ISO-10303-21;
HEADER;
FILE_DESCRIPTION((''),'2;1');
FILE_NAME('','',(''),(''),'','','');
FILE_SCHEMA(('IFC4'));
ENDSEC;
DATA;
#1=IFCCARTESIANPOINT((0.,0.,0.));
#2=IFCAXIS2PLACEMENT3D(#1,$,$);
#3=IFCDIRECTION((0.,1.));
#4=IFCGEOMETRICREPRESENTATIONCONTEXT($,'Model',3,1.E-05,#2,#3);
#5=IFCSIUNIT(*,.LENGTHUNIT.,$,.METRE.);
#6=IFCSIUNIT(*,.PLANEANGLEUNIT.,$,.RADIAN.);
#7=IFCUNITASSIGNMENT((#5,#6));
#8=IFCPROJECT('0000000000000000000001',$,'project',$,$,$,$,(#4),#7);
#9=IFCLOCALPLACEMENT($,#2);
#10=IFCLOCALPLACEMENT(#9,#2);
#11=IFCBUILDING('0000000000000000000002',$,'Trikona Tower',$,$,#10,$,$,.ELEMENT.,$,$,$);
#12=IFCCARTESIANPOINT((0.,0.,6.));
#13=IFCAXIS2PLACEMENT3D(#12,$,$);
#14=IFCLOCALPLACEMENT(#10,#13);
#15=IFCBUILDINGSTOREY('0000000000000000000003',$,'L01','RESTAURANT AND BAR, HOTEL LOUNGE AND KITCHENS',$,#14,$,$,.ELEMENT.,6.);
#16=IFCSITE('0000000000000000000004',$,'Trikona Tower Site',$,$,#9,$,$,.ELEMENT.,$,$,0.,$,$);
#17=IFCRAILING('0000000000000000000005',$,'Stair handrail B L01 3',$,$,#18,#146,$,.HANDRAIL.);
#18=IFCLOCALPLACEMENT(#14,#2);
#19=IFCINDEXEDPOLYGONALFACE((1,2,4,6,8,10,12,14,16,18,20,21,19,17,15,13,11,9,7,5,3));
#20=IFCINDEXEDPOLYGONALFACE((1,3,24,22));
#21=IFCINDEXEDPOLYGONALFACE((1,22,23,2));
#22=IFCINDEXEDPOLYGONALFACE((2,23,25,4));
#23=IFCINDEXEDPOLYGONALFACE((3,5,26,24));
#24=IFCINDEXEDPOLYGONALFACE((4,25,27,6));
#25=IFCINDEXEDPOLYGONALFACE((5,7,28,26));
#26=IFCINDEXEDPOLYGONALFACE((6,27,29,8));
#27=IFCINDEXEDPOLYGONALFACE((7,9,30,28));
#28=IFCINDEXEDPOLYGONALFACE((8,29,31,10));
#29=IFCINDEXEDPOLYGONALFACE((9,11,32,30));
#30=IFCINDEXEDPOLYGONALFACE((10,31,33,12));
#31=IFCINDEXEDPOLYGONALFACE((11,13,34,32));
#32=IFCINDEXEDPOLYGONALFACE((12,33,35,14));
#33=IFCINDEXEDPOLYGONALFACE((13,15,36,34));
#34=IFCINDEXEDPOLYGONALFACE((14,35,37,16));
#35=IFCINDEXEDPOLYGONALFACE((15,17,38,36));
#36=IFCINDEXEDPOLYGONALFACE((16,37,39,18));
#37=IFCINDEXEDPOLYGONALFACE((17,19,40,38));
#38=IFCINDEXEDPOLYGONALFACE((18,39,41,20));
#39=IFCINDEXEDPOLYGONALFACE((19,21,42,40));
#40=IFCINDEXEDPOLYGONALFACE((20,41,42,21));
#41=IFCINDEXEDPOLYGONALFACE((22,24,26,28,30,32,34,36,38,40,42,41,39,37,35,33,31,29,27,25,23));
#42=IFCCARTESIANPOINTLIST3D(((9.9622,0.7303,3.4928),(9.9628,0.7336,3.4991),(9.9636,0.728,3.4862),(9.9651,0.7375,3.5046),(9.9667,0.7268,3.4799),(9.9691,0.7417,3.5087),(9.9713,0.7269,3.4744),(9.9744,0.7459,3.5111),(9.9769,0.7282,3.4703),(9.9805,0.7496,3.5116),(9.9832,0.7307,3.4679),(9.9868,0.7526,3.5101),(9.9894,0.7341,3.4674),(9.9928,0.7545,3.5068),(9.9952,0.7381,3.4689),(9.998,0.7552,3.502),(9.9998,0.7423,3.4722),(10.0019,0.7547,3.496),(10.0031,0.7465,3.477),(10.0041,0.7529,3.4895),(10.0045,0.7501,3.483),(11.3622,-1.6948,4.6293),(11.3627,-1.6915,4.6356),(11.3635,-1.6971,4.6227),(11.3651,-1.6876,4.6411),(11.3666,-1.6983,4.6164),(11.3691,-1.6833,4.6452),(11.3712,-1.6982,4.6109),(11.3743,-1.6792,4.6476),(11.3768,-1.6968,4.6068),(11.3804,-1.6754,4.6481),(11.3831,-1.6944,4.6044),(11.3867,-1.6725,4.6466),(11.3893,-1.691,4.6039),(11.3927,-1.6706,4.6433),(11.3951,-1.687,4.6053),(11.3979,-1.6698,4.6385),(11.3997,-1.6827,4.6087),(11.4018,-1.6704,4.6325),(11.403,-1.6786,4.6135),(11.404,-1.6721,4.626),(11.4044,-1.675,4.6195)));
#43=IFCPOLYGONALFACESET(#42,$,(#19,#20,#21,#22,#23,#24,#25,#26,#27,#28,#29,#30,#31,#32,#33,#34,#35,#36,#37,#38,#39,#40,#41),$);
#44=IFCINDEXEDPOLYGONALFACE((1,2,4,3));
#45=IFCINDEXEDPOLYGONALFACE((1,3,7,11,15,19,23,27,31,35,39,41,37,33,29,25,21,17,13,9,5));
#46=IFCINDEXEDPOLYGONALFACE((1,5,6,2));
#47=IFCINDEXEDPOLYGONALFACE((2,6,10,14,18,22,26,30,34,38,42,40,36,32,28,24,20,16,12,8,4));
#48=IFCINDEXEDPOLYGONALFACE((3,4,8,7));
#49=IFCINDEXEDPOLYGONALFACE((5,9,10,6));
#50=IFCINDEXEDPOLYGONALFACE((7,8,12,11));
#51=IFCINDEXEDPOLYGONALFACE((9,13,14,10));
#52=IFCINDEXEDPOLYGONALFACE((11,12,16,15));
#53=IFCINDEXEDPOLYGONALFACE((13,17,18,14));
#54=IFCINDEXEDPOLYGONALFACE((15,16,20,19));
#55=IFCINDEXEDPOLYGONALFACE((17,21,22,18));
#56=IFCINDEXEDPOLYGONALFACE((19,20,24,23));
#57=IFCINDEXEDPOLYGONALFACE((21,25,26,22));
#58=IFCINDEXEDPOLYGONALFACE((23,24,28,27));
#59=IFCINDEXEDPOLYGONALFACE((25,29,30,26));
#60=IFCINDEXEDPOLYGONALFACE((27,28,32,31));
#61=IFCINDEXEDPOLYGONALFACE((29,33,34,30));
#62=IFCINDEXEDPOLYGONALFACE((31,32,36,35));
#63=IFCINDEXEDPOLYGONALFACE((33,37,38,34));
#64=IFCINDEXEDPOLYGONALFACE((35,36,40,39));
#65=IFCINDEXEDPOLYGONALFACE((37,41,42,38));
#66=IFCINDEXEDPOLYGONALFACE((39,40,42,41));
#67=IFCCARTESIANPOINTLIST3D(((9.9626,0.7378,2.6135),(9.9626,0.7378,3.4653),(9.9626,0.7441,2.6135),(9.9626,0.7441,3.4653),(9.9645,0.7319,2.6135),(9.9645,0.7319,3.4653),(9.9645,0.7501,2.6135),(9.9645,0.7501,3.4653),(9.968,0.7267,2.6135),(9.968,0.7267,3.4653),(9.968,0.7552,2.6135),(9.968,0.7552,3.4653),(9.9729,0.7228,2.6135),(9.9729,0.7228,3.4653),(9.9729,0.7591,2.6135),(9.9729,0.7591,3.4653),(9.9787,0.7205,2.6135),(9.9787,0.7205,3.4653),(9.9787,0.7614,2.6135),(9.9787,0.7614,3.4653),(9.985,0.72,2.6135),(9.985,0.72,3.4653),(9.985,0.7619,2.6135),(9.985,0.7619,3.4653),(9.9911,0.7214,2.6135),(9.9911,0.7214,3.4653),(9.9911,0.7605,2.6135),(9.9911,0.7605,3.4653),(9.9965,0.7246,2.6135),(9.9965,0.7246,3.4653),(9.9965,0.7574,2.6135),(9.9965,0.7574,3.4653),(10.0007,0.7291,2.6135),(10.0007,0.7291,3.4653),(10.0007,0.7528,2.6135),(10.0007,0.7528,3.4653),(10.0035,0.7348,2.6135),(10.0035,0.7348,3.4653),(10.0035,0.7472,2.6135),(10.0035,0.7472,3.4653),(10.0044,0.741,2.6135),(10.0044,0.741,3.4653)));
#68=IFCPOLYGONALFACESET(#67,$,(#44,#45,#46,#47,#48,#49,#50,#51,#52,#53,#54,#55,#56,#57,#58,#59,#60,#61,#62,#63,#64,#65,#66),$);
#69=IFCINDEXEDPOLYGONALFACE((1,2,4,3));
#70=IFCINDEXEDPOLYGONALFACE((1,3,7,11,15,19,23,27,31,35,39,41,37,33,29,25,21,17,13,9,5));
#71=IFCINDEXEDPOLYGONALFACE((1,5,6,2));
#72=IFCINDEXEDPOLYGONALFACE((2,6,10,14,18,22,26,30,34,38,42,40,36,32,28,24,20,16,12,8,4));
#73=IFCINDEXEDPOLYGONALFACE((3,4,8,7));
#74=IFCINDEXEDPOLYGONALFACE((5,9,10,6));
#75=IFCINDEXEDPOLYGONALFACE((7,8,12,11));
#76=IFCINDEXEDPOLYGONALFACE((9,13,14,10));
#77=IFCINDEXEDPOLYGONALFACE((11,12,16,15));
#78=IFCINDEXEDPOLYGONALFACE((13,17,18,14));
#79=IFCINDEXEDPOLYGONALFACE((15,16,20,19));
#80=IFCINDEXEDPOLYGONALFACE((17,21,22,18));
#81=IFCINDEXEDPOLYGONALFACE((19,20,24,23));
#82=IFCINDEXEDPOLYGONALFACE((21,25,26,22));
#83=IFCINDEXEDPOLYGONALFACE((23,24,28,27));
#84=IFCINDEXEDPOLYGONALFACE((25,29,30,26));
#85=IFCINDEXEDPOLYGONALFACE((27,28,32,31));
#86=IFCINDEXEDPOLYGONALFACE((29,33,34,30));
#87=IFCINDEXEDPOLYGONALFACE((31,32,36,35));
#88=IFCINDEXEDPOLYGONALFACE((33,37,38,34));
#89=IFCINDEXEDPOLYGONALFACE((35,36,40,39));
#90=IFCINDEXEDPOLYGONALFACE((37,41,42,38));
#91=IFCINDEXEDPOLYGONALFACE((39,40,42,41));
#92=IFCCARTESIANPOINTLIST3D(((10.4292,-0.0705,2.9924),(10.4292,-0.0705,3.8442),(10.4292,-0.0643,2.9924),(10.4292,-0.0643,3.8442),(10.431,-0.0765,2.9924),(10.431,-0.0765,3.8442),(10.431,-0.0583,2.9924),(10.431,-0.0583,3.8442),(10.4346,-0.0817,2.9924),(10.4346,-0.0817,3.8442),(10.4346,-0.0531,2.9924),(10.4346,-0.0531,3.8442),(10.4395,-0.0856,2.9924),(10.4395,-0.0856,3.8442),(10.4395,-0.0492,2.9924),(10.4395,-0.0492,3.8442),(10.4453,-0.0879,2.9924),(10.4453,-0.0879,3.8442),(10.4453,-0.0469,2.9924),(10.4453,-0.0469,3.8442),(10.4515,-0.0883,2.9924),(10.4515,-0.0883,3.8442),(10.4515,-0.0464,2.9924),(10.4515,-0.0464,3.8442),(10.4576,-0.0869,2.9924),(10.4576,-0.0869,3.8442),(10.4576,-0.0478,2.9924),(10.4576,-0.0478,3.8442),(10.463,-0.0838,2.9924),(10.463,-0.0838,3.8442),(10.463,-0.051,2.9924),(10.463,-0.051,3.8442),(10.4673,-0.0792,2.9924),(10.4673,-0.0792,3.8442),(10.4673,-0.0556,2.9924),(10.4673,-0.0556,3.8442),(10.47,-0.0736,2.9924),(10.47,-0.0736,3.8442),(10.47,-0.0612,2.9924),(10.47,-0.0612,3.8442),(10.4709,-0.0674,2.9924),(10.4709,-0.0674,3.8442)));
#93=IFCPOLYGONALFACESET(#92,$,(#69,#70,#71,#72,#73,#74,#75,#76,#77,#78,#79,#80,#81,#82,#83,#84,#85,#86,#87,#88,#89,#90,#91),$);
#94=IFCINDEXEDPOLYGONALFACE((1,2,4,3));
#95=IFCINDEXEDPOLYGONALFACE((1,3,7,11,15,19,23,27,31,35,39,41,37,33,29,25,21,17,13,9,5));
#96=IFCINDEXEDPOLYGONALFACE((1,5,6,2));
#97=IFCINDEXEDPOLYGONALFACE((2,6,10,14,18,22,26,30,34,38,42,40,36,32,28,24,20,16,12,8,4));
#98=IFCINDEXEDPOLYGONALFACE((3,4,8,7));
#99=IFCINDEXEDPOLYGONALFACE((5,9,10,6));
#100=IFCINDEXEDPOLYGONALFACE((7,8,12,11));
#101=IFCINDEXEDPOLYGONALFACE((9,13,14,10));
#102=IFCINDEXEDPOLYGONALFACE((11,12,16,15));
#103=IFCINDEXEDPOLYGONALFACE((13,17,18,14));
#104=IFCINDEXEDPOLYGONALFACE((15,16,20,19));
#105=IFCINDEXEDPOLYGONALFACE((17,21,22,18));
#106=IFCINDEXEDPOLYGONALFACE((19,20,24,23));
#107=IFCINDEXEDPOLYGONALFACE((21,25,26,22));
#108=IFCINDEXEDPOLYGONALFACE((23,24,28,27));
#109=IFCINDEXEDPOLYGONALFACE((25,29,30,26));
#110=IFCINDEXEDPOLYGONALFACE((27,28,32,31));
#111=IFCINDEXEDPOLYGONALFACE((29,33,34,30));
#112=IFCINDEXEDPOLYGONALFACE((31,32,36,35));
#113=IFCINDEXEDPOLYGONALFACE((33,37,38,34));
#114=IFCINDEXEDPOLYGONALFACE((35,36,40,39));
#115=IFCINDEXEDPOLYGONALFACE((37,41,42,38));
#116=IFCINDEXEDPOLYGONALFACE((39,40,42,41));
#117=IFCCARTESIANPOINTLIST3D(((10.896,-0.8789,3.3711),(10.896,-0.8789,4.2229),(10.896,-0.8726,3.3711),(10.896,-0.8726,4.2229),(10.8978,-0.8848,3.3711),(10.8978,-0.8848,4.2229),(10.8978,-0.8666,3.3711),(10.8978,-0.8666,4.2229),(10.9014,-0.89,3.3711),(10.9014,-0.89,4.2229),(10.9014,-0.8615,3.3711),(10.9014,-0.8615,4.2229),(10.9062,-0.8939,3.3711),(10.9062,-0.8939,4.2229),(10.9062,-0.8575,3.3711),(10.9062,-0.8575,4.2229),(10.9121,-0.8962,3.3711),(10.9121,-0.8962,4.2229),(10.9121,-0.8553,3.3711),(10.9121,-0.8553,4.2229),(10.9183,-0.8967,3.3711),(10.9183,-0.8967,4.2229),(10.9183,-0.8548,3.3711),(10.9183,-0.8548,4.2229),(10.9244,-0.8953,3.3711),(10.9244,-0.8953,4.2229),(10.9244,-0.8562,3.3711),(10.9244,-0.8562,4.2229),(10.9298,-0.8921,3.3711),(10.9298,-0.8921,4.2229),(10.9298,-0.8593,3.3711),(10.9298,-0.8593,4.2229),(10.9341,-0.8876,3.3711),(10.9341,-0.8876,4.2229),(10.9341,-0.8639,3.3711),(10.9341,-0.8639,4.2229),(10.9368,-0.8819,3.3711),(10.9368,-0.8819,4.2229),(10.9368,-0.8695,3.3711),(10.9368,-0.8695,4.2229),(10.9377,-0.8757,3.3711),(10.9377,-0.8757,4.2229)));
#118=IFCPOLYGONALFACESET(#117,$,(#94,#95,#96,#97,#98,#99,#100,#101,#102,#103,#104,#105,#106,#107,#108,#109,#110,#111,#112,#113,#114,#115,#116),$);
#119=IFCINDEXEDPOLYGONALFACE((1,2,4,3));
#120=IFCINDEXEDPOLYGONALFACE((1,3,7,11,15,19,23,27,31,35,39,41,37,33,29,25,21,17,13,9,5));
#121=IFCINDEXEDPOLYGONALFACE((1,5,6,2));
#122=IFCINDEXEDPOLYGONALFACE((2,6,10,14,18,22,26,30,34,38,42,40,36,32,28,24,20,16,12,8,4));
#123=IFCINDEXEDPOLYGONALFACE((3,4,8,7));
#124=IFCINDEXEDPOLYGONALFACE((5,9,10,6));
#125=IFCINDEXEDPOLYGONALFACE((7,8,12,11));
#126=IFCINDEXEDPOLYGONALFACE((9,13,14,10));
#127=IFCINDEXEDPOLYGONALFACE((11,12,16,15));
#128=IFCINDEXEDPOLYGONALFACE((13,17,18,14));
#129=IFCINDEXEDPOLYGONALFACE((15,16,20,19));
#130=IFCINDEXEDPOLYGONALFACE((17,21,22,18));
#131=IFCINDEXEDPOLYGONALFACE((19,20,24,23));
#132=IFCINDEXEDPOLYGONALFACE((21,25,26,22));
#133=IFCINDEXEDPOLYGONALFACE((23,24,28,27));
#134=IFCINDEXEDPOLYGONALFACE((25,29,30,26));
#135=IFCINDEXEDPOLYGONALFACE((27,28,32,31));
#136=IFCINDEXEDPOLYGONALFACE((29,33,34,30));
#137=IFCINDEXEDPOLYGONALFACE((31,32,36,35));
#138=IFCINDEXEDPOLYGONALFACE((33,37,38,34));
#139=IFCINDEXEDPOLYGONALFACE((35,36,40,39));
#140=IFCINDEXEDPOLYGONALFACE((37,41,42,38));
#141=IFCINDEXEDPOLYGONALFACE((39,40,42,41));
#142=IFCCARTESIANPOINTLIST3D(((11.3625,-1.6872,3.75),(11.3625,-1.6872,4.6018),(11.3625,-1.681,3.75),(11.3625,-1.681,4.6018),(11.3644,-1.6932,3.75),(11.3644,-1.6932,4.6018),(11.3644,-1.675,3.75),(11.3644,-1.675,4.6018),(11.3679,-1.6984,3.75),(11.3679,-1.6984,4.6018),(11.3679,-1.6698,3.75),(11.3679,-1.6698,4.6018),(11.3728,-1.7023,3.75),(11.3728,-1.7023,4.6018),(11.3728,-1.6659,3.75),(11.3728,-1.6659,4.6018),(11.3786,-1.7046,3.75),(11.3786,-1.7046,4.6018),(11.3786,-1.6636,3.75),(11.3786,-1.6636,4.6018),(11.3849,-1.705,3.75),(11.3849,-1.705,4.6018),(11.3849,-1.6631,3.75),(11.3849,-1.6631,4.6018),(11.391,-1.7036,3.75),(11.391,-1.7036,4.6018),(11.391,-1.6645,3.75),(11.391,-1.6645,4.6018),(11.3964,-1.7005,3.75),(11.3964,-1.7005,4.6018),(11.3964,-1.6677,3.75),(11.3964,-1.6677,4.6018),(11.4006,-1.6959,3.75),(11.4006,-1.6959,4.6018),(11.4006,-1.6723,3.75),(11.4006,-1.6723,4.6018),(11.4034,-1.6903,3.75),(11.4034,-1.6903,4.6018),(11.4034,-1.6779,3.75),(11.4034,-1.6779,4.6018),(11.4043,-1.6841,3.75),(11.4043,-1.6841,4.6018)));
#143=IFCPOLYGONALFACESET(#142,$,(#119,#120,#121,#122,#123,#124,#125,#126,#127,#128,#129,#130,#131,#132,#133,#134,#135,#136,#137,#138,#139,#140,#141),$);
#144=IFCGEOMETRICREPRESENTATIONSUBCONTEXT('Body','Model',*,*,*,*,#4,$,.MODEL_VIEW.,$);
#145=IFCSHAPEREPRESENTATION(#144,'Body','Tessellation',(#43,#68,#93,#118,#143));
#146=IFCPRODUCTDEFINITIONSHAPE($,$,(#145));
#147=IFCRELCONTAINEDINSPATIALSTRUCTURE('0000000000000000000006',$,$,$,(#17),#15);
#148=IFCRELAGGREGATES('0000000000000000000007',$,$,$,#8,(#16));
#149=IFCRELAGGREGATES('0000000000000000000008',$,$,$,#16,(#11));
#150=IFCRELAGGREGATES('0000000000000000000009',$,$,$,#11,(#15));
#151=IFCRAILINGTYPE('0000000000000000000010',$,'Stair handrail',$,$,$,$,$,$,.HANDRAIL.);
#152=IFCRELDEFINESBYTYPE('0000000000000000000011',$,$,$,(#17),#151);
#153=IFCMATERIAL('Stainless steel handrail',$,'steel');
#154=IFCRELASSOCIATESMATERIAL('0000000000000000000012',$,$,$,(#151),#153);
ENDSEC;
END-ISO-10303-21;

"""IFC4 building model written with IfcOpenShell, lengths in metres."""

from ifc_helpers import new_model, si_unit, direction, frame, origin, origin_2d, place, context, subcontext, project, spatial, circle, extrude, material, type_object, element, save


model = new_model("IFC4")

# Units and contexts
model_context = context("Model", 3, precision=1e-05, world=origin(), true_north=direction((0.0, 1.0)))
body_context = subcontext(model_context, "Body", "Model", "MODEL_VIEW")
ifc_project = project(units=[si_unit("LENGTHUNIT", "METRE"), si_unit("PLANEANGLEUNIT", "RADIAN")], contexts=[model_context])

# Site, building, storey
site_placement = place(None, origin())
site = spatial("IfcSite", under=ifc_project, at=site_placement, Name="Trikona Tower Site", CompositionType="ELEMENT", RefElevation=0.0)
building_placement = place(site_placement, origin())
building = spatial("IfcBuilding", under=site, at=building_placement, Name="Trikona Tower", CompositionType="ELEMENT")
storey_placement = place(building_placement, frame((0.0, 0.0, 6.0)))
storey = spatial("IfcBuildingStorey", under=building, at=storey_placement, Name="L01", Description="RESTAURANT AND BAR, HOTEL LOUNGE AND KITCHENS", CompositionType="ELEMENT", Elevation=6.0)

# Railing
ifc_material_1 = material(Name="Stainless steel handrail", Category="steel")
railing_type = type_object("IfcRailingType", Name="Stair handrail", PredefinedType="HANDRAIL", material=ifc_material_1)
for number, where, name in (
    (1, (9.9834, 0.741, 2.6135), "Stair handrail B L01 3"),
):
    element("IfcRailing", number, at=place(storey_placement, frame(where)), inside=storey, type_object=railing_type, Name=name, PredefinedType="HANDRAIL", context=body_context, shape_type="SweptSolid", body=[
        extrude(circle(Radius=0.0239, at=origin_2d()), frame((0.0, 0.0, 0.876), z_axis=(0.463245, -0.802479, 0.376074), x_axis=(0.866056, 0.499946, 0.0)), (0.0, 0.0, 1.0), 3.022),
        extrude(circle(Radius=0.021, at=origin_2d()), origin(), (0.0, 0.0, 1.0), 0.8518),
        extrude(circle(Radius=0.021, at=origin_2d()), frame((0.4666, -0.8083, 0.3789)), (0.0, 0.0, 1.0), 0.8518),
        extrude(circle(Radius=0.021, at=origin_2d()), frame((0.9333, -1.6167, 0.7576)), (0.0, 0.0, 1.0), 0.8518),
        extrude(circle(Radius=0.021, at=origin_2d()), frame((1.3999, -2.425, 1.1365)), (0.0, 0.0, 1.0), 0.8518),
    ])

save(model, "model.ifc")
